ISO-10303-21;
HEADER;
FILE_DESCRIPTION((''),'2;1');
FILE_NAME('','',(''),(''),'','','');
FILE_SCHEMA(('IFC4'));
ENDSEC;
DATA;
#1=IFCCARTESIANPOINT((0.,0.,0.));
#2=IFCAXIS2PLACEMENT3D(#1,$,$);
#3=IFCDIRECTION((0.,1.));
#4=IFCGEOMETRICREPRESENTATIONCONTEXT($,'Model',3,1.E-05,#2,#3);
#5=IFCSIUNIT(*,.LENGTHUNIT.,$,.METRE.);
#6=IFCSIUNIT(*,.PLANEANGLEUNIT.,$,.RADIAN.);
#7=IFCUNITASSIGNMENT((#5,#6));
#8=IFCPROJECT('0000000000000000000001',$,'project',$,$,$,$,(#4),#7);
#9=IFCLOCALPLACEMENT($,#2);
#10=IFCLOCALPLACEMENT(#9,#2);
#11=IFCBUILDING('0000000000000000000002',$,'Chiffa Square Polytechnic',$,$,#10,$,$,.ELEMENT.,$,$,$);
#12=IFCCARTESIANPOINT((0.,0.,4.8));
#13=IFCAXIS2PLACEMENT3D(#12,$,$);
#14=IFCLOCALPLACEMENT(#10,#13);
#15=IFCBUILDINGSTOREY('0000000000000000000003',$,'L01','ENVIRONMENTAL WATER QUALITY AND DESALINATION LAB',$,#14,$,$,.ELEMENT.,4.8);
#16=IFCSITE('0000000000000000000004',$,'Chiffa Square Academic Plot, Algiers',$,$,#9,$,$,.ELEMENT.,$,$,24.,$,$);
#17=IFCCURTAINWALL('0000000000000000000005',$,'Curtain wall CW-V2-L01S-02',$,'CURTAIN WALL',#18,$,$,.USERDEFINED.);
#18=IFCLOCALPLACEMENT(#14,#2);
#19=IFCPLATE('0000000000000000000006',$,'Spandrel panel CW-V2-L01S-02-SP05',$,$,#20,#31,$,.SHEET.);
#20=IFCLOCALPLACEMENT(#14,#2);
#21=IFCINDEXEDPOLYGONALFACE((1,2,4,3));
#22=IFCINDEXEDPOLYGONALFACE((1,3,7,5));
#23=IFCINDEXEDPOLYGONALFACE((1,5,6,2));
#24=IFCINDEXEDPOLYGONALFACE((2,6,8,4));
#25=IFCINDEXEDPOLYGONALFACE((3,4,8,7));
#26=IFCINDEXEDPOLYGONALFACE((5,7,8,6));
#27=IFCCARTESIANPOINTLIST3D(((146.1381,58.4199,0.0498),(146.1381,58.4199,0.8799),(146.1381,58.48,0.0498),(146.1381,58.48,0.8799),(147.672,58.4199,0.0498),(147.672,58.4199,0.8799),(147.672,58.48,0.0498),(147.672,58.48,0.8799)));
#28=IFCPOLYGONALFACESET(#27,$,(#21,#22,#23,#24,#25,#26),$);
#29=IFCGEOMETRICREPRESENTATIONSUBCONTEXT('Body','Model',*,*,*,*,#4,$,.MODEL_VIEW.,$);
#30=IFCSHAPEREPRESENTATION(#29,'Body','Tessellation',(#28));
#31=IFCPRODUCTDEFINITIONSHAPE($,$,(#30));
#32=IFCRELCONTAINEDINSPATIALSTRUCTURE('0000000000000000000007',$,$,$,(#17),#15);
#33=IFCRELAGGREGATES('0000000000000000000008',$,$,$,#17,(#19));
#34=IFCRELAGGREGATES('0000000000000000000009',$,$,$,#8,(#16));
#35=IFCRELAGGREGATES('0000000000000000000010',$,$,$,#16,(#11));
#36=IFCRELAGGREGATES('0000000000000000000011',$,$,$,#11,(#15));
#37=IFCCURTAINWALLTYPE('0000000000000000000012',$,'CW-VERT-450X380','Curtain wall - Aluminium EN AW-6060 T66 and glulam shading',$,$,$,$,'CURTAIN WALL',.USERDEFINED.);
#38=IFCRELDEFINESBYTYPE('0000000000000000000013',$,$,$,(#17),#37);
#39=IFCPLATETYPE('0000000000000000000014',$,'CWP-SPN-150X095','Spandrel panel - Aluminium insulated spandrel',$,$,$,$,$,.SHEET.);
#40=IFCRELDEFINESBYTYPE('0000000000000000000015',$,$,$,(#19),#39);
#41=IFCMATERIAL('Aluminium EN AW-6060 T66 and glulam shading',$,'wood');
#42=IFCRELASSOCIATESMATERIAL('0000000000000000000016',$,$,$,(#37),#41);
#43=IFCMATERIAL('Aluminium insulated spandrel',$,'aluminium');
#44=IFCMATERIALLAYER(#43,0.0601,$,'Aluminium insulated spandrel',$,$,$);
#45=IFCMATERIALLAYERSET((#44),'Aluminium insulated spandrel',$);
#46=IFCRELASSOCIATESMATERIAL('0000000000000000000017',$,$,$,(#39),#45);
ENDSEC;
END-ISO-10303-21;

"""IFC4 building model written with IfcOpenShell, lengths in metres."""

from ifc_helpers import new_model, si_unit, direction, frame, origin, origin_2d, place, context, subcontext, project, spatial, rectangle, extrude, material, layer, layer_set, type_object, element, aggregate, save


model = new_model("IFC4")

# Units and contexts
model_context = context("Model", 3, precision=1e-05, world=origin(), true_north=direction((0.0, 1.0)))
body_context = subcontext(model_context, "Body", "Model", "MODEL_VIEW")
ifc_project = project(units=[si_unit("LENGTHUNIT", "METRE"), si_unit("PLANEANGLEUNIT", "RADIAN")], contexts=[model_context])

# Site, building, storey
site_placement = place(None, origin())
site = spatial("IfcSite", under=ifc_project, at=site_placement, Name="Chiffa Square Academic Plot, Algiers", CompositionType="ELEMENT", RefElevation=24.0)
building_placement = place(site_placement, origin())
building = spatial("IfcBuilding", under=site, at=building_placement, Name="Chiffa Square Polytechnic", CompositionType="ELEMENT")
storey_placement = place(building_placement, frame((0.0, 0.0, 4.8)))
storey = spatial("IfcBuildingStorey", under=building, at=storey_placement, Name="L01", Description="ENVIRONMENTAL WATER QUALITY AND DESALINATION LAB", CompositionType="ELEMENT", Elevation=4.8)

# Curtain wall, plate
ifc_material_1 = material(Name="Aluminium EN AW-6060 T66 and glulam shading", Category="wood")
curtain_wall_type = type_object("IfcCurtainWallType", Name="CW-VERT-450X380", Description="Curtain wall - Aluminium EN AW-6060 T66 and glulam shading", ElementType="CURTAIN WALL", PredefinedType="USERDEFINED", material=ifc_material_1)
curtain_wall_placement = place(storey_placement, origin())
curtain_wall = element("IfcCurtainWall", 1, at=curtain_wall_placement, inside=storey, type_object=curtain_wall_type, Name="Curtain wall CW-V2-L01S-02", ObjectType="CURTAIN WALL", PredefinedType="USERDEFINED")
ifc_material_2 = material(Name="Aluminium insulated spandrel", Category="aluminium")
ifc_layer_1 = layer(ifc_material_2, 0.0601, Name="Aluminium insulated spandrel")
ifc_layer_set_1 = layer_set([ifc_layer_1], Name="Aluminium insulated spandrel")
plate_type_1 = type_object("IfcPlateType", Name="CWP-SPN-150X095", Description="Spandrel panel - Aluminium insulated spandrel", PredefinedType="SHEET", material=ifc_layer_set_1)
plate_1_placement = place(storey_placement, frame((146.905, 58.45, 0.0498), z_axis=(0.0, 0.0, 1.0), x_axis=(1.0, 0.0, 0.0)))
plate_1 = element("IfcPlate", 2, at=plate_1_placement, type_object=plate_type_1, Name="Spandrel panel CW-V2-L01S-02-SP05", PredefinedType="SHEET", context=body_context, shape_type="SweptSolid", body=[
    extrude(rectangle(XDim=1.5339, YDim=0.0601, at=origin_2d()), origin(), (0.0, 0.0, 1.0), 0.8301),
])
aggregate(curtain_wall, [plate_1])

save(model, "model.ifc")
